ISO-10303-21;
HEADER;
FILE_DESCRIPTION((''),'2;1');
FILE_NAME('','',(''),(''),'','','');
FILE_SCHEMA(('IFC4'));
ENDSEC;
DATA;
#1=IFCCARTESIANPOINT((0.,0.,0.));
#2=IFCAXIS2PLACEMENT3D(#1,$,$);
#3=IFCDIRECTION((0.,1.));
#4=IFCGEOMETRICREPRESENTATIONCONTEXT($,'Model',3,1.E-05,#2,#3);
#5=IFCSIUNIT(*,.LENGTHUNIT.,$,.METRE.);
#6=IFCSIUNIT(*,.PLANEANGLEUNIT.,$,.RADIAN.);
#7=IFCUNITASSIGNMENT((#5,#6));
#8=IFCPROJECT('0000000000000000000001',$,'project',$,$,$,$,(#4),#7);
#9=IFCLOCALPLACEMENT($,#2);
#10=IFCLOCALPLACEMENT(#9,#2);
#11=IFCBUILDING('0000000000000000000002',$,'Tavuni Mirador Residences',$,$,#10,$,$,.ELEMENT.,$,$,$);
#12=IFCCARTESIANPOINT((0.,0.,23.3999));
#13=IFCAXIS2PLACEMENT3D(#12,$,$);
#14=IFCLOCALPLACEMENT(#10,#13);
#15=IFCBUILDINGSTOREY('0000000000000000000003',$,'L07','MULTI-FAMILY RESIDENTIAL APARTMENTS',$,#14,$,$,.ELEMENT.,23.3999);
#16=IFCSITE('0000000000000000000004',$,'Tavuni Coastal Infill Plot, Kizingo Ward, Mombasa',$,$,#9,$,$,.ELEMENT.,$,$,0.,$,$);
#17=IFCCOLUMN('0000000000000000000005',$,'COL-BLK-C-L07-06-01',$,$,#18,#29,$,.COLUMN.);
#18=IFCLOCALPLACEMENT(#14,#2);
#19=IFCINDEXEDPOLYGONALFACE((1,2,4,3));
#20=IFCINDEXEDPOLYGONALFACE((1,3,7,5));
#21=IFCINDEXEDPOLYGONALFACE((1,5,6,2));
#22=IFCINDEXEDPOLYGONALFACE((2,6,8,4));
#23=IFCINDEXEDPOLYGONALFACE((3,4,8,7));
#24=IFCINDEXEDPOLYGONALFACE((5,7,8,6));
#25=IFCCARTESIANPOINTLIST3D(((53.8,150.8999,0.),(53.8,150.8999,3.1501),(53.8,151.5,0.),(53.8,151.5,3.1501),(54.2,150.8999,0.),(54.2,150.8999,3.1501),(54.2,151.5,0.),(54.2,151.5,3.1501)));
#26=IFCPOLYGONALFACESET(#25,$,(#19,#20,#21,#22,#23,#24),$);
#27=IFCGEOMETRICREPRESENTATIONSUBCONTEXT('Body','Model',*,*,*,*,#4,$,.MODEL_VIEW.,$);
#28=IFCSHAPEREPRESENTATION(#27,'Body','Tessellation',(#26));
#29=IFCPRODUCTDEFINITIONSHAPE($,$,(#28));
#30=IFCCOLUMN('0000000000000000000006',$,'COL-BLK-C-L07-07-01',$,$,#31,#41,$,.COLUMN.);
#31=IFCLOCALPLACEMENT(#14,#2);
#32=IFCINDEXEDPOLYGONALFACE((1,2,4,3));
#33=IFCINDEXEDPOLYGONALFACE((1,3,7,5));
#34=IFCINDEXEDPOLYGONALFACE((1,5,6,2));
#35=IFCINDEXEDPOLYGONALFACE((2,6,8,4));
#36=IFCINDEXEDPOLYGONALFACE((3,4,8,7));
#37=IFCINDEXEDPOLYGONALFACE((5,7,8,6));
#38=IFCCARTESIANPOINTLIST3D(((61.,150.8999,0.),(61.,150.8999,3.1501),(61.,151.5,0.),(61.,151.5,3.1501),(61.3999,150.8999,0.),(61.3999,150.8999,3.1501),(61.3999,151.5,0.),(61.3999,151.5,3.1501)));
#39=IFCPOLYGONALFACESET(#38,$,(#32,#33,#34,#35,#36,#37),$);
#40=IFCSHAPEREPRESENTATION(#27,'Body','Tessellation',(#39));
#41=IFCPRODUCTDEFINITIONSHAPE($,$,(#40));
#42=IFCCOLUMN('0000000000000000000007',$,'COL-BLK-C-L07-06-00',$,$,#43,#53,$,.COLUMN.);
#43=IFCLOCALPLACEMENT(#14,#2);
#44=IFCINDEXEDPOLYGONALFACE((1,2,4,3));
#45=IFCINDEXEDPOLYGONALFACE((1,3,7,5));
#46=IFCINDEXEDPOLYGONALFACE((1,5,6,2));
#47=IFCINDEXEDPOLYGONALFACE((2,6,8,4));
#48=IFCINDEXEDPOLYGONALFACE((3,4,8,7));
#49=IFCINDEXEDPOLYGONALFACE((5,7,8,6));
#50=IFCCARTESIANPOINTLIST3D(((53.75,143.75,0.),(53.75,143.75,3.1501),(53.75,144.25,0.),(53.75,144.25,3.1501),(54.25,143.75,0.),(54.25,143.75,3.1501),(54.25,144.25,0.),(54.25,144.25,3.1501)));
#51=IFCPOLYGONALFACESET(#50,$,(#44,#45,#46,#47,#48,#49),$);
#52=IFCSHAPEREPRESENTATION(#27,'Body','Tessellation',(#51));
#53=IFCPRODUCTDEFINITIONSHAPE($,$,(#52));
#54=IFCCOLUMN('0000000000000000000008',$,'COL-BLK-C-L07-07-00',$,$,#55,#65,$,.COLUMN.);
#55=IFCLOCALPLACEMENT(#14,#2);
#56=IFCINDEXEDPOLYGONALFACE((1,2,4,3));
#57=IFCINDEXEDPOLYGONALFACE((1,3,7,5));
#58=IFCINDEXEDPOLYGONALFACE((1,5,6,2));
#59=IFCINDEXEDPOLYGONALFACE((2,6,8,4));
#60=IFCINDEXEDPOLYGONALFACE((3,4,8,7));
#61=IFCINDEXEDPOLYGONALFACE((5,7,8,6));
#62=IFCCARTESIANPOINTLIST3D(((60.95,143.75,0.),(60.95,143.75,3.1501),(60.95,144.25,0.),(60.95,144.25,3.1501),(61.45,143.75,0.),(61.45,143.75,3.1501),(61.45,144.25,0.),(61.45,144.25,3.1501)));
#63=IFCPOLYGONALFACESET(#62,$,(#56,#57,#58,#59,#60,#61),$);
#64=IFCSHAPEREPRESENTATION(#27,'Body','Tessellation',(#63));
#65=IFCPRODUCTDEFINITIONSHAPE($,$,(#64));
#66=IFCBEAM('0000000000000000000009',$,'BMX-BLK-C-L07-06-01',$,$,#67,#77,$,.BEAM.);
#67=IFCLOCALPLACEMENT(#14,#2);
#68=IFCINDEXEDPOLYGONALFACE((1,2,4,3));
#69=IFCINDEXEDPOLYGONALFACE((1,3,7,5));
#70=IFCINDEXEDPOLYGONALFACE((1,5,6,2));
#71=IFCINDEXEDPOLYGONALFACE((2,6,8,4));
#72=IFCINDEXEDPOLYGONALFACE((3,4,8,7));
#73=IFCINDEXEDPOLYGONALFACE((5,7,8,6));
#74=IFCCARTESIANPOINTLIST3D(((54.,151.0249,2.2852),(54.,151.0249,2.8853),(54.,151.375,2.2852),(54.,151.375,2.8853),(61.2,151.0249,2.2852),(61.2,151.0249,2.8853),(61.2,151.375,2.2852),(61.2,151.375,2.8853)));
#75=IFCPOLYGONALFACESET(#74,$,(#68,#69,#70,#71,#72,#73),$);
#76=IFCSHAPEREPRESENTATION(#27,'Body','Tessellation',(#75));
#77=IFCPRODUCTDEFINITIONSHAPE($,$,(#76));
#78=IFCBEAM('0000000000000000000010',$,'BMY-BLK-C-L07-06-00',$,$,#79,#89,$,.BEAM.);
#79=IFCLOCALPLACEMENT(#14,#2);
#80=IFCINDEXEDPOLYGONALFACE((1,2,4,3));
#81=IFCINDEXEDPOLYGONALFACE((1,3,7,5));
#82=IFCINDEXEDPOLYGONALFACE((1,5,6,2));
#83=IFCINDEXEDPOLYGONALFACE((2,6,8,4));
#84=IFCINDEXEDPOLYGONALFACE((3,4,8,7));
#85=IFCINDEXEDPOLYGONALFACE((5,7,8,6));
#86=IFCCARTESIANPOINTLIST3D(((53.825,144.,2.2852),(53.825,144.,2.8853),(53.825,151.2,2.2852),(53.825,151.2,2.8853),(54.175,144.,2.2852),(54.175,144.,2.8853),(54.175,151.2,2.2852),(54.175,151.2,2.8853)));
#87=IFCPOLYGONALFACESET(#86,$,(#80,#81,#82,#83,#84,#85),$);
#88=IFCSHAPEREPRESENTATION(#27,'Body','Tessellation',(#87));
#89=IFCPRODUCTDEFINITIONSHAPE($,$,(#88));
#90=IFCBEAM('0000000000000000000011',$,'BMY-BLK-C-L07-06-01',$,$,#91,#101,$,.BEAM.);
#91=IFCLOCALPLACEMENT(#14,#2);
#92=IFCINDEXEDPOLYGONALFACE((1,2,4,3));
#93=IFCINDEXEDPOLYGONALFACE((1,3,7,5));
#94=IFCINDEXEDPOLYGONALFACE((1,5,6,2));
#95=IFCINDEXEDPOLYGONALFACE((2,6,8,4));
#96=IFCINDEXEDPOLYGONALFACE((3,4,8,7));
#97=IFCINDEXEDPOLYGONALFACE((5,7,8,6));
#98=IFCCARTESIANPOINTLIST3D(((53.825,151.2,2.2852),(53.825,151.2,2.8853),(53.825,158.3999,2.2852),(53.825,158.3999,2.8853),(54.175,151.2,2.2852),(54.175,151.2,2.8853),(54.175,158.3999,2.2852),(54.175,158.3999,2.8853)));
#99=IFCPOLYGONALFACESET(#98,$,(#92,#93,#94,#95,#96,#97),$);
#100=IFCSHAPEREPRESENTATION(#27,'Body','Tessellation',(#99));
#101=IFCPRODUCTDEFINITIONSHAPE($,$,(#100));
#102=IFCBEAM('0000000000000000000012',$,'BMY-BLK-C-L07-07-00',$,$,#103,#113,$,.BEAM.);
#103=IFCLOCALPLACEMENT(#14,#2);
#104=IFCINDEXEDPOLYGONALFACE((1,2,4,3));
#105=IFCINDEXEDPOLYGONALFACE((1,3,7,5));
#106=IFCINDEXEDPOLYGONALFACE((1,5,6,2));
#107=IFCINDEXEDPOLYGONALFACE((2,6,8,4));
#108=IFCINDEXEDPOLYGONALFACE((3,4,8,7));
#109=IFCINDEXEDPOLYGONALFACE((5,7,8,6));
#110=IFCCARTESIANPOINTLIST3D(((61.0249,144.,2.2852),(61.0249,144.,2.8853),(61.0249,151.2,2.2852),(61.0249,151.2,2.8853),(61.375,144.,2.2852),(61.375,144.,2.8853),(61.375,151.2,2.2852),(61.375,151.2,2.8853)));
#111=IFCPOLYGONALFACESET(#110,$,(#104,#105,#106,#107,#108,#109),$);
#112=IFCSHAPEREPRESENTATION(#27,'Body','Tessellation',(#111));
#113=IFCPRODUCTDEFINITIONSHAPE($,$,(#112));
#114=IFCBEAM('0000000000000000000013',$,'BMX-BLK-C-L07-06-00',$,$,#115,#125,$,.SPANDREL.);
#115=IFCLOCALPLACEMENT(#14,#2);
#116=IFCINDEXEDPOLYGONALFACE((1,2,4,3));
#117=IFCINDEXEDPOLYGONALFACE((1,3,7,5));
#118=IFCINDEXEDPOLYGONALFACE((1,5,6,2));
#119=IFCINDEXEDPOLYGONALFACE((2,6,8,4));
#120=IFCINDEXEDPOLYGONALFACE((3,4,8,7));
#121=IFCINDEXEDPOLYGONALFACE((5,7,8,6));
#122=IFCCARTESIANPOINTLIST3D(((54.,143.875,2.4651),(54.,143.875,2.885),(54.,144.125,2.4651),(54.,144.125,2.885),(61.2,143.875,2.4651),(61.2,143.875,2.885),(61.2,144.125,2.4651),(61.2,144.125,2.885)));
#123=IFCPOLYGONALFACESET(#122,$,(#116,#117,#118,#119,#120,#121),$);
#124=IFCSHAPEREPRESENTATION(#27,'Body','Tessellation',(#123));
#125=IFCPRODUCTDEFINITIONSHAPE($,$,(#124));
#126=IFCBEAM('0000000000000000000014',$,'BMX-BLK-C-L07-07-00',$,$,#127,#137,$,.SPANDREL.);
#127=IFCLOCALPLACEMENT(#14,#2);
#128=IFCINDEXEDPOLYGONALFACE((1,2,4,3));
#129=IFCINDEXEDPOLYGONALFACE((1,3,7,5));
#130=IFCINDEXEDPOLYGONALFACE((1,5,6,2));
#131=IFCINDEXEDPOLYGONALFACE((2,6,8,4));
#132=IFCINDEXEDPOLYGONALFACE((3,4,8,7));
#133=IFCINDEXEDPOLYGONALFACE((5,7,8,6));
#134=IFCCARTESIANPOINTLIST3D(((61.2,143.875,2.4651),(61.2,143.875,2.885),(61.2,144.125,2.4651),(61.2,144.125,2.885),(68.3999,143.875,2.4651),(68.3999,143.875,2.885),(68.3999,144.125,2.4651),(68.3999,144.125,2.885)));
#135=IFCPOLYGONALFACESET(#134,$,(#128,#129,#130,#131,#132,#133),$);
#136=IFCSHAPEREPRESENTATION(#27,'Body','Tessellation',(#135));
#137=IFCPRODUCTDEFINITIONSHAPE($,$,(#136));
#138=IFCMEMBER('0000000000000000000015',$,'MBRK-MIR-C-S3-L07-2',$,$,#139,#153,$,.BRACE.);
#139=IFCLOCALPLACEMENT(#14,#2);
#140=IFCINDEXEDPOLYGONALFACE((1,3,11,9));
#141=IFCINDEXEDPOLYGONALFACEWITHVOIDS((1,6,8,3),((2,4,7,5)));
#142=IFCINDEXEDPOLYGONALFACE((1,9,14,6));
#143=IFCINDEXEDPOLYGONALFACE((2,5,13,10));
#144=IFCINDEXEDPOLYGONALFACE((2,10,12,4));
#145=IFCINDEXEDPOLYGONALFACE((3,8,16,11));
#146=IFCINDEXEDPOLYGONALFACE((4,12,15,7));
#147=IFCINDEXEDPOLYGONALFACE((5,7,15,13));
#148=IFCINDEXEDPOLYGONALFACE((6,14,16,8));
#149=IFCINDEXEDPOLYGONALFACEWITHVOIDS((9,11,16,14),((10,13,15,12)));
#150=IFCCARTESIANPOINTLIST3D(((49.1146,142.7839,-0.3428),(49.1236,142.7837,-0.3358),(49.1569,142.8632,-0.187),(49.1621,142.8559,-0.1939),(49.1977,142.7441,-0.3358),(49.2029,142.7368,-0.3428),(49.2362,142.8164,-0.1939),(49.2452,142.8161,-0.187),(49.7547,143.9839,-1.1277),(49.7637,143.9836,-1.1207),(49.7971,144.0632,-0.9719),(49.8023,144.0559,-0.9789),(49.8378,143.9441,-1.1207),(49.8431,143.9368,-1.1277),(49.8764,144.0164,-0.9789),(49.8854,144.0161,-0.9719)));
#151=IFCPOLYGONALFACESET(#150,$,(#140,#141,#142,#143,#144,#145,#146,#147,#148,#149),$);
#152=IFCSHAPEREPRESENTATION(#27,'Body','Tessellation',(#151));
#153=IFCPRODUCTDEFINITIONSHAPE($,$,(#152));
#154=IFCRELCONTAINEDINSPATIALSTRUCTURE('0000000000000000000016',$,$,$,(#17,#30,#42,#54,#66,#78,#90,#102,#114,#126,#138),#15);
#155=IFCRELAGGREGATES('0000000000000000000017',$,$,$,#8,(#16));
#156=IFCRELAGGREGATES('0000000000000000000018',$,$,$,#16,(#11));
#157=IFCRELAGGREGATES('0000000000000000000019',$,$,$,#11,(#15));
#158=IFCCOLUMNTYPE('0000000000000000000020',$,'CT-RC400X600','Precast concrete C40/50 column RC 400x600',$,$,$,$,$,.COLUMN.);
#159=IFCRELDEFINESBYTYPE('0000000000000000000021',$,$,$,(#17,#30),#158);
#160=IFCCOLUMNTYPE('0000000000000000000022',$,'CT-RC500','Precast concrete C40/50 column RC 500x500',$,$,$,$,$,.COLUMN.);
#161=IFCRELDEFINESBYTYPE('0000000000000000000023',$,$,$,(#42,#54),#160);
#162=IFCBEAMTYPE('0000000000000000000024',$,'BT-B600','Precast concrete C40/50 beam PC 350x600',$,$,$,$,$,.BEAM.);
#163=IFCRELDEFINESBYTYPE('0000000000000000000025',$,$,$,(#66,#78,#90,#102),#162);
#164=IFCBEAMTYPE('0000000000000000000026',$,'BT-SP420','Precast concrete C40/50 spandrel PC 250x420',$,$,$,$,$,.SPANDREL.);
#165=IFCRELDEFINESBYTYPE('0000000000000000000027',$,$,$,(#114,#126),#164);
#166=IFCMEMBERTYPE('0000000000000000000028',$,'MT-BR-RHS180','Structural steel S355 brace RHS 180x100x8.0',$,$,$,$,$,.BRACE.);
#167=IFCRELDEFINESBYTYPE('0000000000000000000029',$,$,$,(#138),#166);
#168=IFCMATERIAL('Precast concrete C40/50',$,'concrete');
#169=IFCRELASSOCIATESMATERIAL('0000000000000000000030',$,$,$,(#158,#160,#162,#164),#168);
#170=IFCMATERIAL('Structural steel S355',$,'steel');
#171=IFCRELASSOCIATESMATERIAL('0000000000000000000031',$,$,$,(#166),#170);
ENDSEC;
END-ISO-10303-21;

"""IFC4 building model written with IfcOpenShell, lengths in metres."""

from ifc_helpers import new_model, si_unit, direction, frame, origin, origin_2d, place, context, subcontext, project, spatial, rectangle, hollow_rectangle, extrude, material, material_profile, profile_set, type_object, element, save


model = new_model("IFC4")

# Units and contexts
model_context = context("Model", 3, precision=1e-05, world=origin(), true_north=direction((0.0, 1.0)))
body_context = subcontext(model_context, "Body", "Model", "MODEL_VIEW")
ifc_project = project(units=[si_unit("LENGTHUNIT", "METRE"), si_unit("PLANEANGLEUNIT", "RADIAN")], contexts=[model_context])

# Site, building, storey
site_placement = place(None, origin())
site = spatial("IfcSite", under=ifc_project, at=site_placement, Name="Tavuni Coastal Infill Plot, Kizingo Ward, Mombasa", CompositionType="ELEMENT", RefElevation=0.0)
building_placement = place(site_placement, origin())
building = spatial("IfcBuilding", under=site, at=building_placement, Name="Tavuni Mirador Residences", CompositionType="ELEMENT")
storey_placement = place(building_placement, frame((0.0, 0.0, 23.3999)))
storey = spatial("IfcBuildingStorey", under=building, at=storey_placement, Name="L07", Description="MULTI-FAMILY RESIDENTIAL APARTMENTS", CompositionType="ELEMENT", Elevation=23.3999)

# Columns
ifc_material_1 = material(Name="Precast concrete C40/50", Category="concrete")
ifc_material_profile_1 = material_profile(ifc_material_1, rectangle(XDim=0.3999, YDim=0.6001, at=origin_2d()), Name="RC 400x600", Category="concrete")
ifc_profile_set_1 = profile_set([ifc_material_profile_1], Name="Precast concrete C40/50")
column_type_1 = type_object("IfcColumnType", Name="CT-RC400X600", Description="Precast concrete C40/50 column RC 400x600", PredefinedType="COLUMN", material=ifc_profile_set_1)
for number, where, z_axis, x_axis, name in (
    (1, (54.0, 151.2, 0.0), (0.0, 0.0, 1.0), (1.0, 0.0, 0.0), "COL-BLK-C-L07-06-01"),
    (2, (61.2, 151.2, 0.0), (0.0, 0.0, 1.0), (1.0, 0.0, 0.0), "COL-BLK-C-L07-07-01"),
):
    element("IfcColumn", number, at=place(storey_placement, frame(where, z_axis=z_axis, x_axis=x_axis)), inside=storey, type_object=column_type_1, Name=name, PredefinedType="COLUMN", context=body_context, shape_type="SweptSolid", body=[
        extrude(rectangle(XDim=0.3999, YDim=0.6001, at=origin_2d()), origin(), (0.0, 0.0, 1.0), 3.1501),
    ])
ifc_material_profile_2 = material_profile(ifc_material_1, rectangle(XDim=0.5, YDim=0.5, at=origin_2d()), Name="RC 500x500", Category="concrete")
ifc_profile_set_2 = profile_set([ifc_material_profile_2], Name="Precast concrete C40/50")
column_type_2 = type_object("IfcColumnType", Name="CT-RC500", Description="Precast concrete C40/50 column RC 500x500", PredefinedType="COLUMN", material=ifc_profile_set_2)
for number, where, z_axis, x_axis, name in (
    (3, (54.0, 144.0, 0.0), (0.0, 0.0, 1.0), (1.0, 0.0, 0.0), "COL-BLK-C-L07-06-00"),
    (4, (61.2, 144.0, 0.0), (0.0, 0.0, 1.0), (1.0, 0.0, 0.0), "COL-BLK-C-L07-07-00"),
):
    element("IfcColumn", number, at=place(storey_placement, frame(where, z_axis=z_axis, x_axis=x_axis)), inside=storey, type_object=column_type_2, Name=name, PredefinedType="COLUMN", context=body_context, shape_type="SweptSolid", body=[
        extrude(rectangle(XDim=0.5, YDim=0.5, at=origin_2d()), origin(), (0.0, 0.0, 1.0), 3.1501),
    ])

# Beams
ifc_material_profile_3 = material_profile(ifc_material_1, rectangle(XDim=0.3501, YDim=0.6001, at=origin_2d()), Name="PC 350x600", Category="concrete")
ifc_profile_set_3 = profile_set([ifc_material_profile_3], Name="Precast concrete C40/50")
beam_type_1 = type_object("IfcBeamType", Name="BT-B600", Description="Precast concrete C40/50 beam PC 350x600", PredefinedType="BEAM", material=ifc_profile_set_3)
for number, where, z_axis, x_axis, name in (
    (5, (54.0, 151.2, 2.5852), (1.0, 0.0, 0.0), (0.0, 1.0, 0.0), "BMX-BLK-C-L07-06-01"),
    (6, (54.0, 144.0, 2.5852), (0.0, 1.0, 0.0), (-1.0, 0.0, 0.0), "BMY-BLK-C-L07-06-00"),
    (7, (54.0, 151.2, 2.5852), (0.0, 1.0, 0.0), (-1.0, 0.0, 0.0), "BMY-BLK-C-L07-06-01"),
    (8, (61.2, 144.0, 2.5852), (0.0, 1.0, 0.0), (-1.0, 0.0, 0.0), "BMY-BLK-C-L07-07-00"),
):
    element("IfcBeam", number, at=place(storey_placement, frame(where, z_axis=z_axis, x_axis=x_axis)), inside=storey, type_object=beam_type_1, Name=name, PredefinedType="BEAM", context=body_context, shape_type="SweptSolid", body=[
        extrude(rectangle(XDim=0.3501, YDim=0.6001, at=origin_2d()), origin(), (0.0, 0.0, 1.0), 7.2),
    ])
ifc_material_profile_4 = material_profile(ifc_material_1, rectangle(XDim=0.25, YDim=0.4199, at=origin_2d()), Name="PC 250x420", Category="concrete")
ifc_profile_set_4 = profile_set([ifc_material_profile_4], Name="Precast concrete C40/50")
beam_type_2 = type_object("IfcBeamType", Name="BT-SP420", Description="Precast concrete C40/50 spandrel PC 250x420", PredefinedType="SPANDREL", material=ifc_profile_set_4)
for number, where, z_axis, x_axis, name in (
    (9, (54.0, 144.0, 2.675), (1.0, 0.0, 0.0), (0.0, 1.0, 0.0), "BMX-BLK-C-L07-06-00"),
    (10, (61.2, 144.0, 2.675), (1.0, 0.0, 0.0), (0.0, 1.0, 0.0), "BMX-BLK-C-L07-07-00"),
):
    element("IfcBeam", number, at=place(storey_placement, frame(where, z_axis=z_axis, x_axis=x_axis)), inside=storey, type_object=beam_type_2, Name=name, PredefinedType="SPANDREL", context=body_context, shape_type="SweptSolid", body=[
        extrude(rectangle(XDim=0.25, YDim=0.4199, at=origin_2d()), origin(), (0.0, 0.0, 1.0), 7.2),
    ])

# Member
ifc_material_2 = material(Name="Structural steel S355", Category="steel")
ifc_material_profile_5 = material_profile(ifc_material_2, hollow_rectangle(XDim=0.1001, YDim=0.1799, WallThickness=0.0081, at=origin_2d()), Name="RHS 180x100x8.0", Category="steel")
ifc_profile_set_5 = profile_set([ifc_material_profile_5], Name="Structural steel S355")
member_type = type_object("IfcMemberType", Name="MT-BR-RHS180", Description="Structural steel S355 brace RHS 180x100x8.0", PredefinedType="BRACE", material=ifc_profile_set_5)
member_placement = place(storey_placement, frame((49.8201, 144.0, -1.0498), z_axis=(-0.407661, -0.764169, 0.499858), x_axis=(0.882303, -0.470681, 0.0)))
element("IfcMember", 11, at=member_placement, inside=storey, type_object=member_type, Name="MBRK-MIR-C-S3-L07-2", PredefinedType="BRACE", context=body_context, shape_type="SweptSolid", body=[
    extrude(hollow_rectangle(XDim=0.1001, YDim=0.1799, WallThickness=0.0081, at=origin_2d()), origin(), (0.0, 0.0, 1.0), 1.5703),
])

save(model, "model.ifc")
